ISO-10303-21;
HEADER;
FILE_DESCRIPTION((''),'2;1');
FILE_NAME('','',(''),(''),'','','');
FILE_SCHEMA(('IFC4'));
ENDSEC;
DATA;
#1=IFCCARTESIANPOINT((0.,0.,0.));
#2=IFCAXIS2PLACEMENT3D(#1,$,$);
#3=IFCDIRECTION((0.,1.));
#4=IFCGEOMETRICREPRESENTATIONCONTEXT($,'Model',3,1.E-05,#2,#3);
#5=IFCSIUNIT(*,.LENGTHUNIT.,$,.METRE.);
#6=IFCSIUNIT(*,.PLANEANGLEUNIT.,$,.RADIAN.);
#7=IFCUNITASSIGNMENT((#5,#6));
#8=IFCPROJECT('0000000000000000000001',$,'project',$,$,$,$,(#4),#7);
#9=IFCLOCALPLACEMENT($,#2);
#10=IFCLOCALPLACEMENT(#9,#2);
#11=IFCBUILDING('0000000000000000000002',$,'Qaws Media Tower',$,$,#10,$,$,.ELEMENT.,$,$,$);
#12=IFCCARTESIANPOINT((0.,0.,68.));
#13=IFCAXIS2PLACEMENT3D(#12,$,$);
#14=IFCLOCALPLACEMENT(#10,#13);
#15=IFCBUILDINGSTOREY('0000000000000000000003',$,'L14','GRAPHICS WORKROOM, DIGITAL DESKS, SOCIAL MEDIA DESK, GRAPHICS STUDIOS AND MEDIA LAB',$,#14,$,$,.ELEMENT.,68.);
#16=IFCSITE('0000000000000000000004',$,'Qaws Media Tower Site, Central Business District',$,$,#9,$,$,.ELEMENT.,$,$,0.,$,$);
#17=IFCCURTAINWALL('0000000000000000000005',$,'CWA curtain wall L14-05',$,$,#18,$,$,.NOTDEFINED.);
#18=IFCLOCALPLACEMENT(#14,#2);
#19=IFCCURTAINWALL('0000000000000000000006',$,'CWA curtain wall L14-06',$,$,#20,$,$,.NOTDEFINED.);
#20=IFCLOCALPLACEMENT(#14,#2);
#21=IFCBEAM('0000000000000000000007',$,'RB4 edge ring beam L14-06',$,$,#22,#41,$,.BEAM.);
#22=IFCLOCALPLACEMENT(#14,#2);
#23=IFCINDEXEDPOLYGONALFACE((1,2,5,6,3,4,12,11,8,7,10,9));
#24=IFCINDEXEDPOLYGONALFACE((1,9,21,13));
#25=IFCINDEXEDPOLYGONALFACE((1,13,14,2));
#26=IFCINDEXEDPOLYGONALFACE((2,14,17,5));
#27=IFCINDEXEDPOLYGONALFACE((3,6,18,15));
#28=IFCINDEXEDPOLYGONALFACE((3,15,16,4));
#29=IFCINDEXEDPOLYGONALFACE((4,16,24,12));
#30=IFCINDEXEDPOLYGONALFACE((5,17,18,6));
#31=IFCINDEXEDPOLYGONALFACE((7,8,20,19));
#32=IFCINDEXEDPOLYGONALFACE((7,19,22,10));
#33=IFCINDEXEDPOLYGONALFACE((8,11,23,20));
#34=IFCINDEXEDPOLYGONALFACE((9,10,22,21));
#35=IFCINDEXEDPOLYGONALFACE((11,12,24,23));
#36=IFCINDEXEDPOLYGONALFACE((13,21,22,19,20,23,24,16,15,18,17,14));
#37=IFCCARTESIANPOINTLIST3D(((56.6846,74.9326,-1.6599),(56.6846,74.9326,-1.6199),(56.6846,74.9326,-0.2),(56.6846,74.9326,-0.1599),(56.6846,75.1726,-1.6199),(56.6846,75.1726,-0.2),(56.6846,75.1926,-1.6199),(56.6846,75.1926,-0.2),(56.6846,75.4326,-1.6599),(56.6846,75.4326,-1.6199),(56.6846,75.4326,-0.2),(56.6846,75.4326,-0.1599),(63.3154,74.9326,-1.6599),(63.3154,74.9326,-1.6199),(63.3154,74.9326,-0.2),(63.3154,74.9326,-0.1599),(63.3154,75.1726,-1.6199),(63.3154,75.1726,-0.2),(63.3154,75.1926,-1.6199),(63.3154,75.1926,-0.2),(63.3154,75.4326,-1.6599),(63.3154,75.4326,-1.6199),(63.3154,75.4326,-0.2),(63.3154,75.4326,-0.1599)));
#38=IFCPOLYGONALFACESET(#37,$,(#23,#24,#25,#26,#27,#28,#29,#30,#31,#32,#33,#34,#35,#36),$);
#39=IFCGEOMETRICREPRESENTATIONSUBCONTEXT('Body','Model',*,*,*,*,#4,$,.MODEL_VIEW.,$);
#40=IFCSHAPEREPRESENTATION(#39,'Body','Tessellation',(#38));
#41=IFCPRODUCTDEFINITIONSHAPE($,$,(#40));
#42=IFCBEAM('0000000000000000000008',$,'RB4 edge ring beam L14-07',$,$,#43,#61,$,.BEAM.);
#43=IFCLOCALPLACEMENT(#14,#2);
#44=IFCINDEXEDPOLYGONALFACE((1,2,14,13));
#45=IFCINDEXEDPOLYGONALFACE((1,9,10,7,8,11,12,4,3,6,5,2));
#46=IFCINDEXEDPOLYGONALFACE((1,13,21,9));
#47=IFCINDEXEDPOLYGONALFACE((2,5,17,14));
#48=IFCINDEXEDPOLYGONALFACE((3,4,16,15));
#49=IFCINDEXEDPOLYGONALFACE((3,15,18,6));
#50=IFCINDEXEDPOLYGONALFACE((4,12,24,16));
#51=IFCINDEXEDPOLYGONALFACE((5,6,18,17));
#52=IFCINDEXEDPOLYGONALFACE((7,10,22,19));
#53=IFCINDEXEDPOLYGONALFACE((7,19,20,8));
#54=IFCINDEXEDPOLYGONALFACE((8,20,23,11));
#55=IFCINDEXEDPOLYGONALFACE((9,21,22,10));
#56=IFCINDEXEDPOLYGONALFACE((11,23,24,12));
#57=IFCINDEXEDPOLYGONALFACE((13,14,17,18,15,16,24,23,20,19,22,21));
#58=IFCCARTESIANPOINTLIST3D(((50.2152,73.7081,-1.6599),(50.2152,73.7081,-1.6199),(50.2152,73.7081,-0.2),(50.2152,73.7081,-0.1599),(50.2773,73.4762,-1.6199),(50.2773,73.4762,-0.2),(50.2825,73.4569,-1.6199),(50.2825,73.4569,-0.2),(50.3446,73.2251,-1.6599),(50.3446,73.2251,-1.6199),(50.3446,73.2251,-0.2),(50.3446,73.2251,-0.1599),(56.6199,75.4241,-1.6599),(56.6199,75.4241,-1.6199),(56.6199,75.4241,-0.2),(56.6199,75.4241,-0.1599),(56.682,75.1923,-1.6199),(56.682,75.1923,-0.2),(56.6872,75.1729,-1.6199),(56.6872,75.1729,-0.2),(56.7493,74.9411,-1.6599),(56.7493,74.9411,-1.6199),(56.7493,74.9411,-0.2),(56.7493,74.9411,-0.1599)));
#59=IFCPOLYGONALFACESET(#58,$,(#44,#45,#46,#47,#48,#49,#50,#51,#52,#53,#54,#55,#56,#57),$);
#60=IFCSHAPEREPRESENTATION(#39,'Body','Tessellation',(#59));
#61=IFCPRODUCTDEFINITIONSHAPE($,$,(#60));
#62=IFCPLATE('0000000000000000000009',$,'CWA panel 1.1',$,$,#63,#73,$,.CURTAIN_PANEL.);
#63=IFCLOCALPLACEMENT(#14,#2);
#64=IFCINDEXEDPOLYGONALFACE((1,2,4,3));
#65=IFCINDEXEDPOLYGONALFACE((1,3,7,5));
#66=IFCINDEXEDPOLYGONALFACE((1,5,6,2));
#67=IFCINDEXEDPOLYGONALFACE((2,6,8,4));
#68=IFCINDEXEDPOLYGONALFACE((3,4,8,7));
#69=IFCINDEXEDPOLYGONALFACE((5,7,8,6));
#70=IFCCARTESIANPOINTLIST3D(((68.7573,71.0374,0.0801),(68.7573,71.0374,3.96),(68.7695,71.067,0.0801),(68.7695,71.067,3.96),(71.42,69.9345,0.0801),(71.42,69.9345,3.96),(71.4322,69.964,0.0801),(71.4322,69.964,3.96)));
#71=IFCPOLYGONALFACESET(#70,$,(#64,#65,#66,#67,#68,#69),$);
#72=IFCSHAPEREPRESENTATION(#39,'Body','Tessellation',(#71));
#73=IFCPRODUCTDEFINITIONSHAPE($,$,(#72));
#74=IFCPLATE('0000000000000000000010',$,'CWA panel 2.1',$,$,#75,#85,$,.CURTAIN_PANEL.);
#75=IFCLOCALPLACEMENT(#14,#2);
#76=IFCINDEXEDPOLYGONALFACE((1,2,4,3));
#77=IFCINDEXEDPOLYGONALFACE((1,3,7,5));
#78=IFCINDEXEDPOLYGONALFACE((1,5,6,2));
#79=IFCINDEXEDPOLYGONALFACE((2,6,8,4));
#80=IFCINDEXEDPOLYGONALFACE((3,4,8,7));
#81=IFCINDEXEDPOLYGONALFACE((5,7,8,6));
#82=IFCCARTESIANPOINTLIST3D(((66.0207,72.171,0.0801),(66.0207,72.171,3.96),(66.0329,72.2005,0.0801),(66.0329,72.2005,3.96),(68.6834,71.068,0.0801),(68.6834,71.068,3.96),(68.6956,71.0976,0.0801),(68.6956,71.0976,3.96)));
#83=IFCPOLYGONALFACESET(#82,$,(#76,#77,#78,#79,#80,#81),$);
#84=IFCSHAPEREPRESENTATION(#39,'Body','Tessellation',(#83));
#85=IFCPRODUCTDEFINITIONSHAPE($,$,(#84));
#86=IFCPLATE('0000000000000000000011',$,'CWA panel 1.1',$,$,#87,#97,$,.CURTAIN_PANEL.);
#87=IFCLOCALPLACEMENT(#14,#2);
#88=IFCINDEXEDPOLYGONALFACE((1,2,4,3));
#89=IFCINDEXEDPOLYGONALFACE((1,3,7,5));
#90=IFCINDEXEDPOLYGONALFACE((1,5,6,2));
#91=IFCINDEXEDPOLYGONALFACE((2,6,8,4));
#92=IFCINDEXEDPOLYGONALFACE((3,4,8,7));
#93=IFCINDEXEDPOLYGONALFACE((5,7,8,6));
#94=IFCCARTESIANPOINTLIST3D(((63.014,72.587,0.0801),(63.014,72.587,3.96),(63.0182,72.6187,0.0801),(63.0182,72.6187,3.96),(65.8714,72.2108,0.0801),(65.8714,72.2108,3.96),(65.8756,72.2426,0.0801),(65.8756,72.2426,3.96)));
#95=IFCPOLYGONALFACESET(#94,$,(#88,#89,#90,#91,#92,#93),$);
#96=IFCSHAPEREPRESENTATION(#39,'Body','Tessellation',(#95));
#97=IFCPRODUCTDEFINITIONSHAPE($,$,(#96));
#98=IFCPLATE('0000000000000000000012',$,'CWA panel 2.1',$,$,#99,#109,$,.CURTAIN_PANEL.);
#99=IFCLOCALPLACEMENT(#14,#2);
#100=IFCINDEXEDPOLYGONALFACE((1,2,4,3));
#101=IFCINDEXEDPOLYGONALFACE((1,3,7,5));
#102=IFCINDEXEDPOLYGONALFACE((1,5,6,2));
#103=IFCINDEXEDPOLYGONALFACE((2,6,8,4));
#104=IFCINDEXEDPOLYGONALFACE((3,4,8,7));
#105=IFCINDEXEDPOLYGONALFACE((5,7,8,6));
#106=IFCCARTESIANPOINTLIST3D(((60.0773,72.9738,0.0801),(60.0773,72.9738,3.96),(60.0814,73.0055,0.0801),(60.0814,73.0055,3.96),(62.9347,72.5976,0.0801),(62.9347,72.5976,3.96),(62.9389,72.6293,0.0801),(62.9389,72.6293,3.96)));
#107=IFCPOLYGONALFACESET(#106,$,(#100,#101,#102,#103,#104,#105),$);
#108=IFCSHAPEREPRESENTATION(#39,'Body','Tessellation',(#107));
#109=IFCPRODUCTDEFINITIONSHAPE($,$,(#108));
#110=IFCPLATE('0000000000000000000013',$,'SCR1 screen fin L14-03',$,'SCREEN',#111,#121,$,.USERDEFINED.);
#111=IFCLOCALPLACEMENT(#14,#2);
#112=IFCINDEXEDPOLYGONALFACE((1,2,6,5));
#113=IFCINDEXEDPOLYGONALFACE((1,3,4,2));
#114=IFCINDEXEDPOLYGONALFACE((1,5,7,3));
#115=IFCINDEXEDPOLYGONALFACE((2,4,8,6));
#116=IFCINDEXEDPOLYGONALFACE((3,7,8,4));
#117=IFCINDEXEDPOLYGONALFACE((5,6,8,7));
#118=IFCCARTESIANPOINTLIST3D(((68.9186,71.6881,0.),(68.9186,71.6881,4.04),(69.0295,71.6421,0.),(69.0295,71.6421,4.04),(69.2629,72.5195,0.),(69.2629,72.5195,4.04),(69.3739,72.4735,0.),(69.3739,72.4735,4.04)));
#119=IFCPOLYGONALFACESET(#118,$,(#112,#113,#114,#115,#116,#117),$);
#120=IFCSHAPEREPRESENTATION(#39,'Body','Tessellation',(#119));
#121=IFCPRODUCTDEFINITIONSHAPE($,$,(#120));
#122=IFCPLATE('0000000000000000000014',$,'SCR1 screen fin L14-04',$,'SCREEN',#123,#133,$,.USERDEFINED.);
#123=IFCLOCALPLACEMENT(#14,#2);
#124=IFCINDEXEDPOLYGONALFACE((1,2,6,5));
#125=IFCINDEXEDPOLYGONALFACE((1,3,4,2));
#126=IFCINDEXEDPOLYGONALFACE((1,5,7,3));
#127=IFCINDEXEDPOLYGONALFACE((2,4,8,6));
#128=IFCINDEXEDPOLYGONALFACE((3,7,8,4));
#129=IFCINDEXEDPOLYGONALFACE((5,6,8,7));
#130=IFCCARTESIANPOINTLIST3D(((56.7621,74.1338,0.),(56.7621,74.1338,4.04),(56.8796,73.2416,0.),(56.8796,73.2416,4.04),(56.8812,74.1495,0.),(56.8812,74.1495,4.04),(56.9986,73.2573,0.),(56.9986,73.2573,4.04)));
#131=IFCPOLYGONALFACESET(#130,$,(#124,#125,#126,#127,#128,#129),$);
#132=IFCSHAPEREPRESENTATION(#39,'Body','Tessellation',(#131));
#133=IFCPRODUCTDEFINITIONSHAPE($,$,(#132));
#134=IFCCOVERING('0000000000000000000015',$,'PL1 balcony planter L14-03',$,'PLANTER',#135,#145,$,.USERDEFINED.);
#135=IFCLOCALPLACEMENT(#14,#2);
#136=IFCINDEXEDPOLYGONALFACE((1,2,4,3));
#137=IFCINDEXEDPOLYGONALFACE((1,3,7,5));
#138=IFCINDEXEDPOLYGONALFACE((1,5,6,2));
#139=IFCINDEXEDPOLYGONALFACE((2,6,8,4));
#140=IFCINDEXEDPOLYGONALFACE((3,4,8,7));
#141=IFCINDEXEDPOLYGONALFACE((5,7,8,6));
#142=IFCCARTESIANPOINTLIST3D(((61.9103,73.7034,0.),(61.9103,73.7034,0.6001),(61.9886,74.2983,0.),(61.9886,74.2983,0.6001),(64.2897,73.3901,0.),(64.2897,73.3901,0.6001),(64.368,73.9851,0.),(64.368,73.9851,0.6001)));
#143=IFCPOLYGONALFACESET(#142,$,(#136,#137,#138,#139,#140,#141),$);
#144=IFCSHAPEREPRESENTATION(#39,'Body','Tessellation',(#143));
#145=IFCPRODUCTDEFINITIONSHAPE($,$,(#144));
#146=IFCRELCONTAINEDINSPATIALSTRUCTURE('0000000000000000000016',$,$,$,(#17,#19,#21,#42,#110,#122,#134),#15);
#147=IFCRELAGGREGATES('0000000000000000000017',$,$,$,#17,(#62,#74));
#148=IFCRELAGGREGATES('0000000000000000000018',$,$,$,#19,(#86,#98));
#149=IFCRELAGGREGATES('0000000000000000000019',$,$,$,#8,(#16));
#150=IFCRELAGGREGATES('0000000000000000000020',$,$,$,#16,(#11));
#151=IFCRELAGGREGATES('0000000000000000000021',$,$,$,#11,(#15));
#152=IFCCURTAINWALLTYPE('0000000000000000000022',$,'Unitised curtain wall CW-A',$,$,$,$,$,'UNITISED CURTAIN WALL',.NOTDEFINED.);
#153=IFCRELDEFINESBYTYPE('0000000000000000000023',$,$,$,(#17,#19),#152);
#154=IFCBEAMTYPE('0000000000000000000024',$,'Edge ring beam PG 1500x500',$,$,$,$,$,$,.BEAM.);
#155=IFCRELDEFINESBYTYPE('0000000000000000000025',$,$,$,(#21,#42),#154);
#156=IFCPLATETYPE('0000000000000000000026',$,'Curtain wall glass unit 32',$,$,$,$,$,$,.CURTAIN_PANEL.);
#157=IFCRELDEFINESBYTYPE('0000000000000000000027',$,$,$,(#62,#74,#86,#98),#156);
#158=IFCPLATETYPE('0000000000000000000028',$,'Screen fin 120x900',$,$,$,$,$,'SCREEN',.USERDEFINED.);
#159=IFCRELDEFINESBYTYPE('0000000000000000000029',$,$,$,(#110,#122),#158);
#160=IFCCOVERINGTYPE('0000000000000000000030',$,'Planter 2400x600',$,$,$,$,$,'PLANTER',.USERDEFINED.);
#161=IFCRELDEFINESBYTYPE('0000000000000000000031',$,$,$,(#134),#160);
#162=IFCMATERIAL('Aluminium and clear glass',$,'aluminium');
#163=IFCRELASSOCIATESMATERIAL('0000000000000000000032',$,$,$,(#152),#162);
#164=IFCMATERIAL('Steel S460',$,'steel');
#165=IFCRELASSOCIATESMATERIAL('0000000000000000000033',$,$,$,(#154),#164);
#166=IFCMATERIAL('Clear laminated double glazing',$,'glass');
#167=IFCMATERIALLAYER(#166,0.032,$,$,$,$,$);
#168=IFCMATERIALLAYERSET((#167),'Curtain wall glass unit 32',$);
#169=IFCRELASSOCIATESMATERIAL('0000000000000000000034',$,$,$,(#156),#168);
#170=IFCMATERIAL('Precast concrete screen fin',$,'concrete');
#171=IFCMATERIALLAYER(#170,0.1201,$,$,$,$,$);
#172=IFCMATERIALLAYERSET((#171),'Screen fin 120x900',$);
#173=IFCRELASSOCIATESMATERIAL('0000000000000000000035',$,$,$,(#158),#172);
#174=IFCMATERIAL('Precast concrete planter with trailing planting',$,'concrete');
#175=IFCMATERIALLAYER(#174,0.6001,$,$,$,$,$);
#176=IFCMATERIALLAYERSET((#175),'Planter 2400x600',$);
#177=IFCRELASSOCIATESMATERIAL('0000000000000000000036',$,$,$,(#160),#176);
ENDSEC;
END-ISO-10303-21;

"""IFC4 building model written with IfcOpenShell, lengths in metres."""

from ifc_helpers import new_model, si_unit, direction, frame, origin, origin_2d, place, context, subcontext, project, spatial, rectangle, i_section, extrude, material, layer, layer_set, material_profile, profile_set, type_object, element, aggregate, save


model = new_model("IFC4")

# Units and contexts
model_context = context("Model", 3, precision=1e-05, world=origin(), true_north=direction((0.0, 1.0)))
body_context = subcontext(model_context, "Body", "Model", "MODEL_VIEW")
ifc_project = project(units=[si_unit("LENGTHUNIT", "METRE"), si_unit("PLANEANGLEUNIT", "RADIAN")], contexts=[model_context])

# Site, building, storey
site_placement = place(None, origin())
site = spatial("IfcSite", under=ifc_project, at=site_placement, Name="Qaws Media Tower Site, Central Business District", CompositionType="ELEMENT", RefElevation=0.0)
building_placement = place(site_placement, origin())
building = spatial("IfcBuilding", under=site, at=building_placement, Name="Qaws Media Tower", CompositionType="ELEMENT")
storey_placement = place(building_placement, frame((0.0, 0.0, 68.0)))
storey = spatial("IfcBuildingStorey", under=building, at=storey_placement, Name="L14", Description="GRAPHICS WORKROOM, DIGITAL DESKS, SOCIAL MEDIA DESK, GRAPHICS STUDIOS AND MEDIA LAB", CompositionType="ELEMENT", Elevation=68.0)

# Curtain walls
ifc_material_1 = material(Name="Aluminium and clear glass", Category="aluminium")
curtain_wall_type = type_object("IfcCurtainWallType", Name="Unitised curtain wall CW-A", ElementType="UNITISED CURTAIN WALL", PredefinedType="NOTDEFINED", material=ifc_material_1)
curtain_wall_1_placement = place(storey_placement, origin())
curtain_wall_1 = element("IfcCurtainWall", 1, at=curtain_wall_1_placement, inside=storey, type_object=curtain_wall_type, Name="CWA curtain wall L14-05", PredefinedType="NOTDEFINED")
curtain_wall_2_placement = place(storey_placement, origin())
curtain_wall_2 = element("IfcCurtainWall", 2, at=curtain_wall_2_placement, inside=storey, type_object=curtain_wall_type, Name="CWA curtain wall L14-06", PredefinedType="NOTDEFINED")

# Beams
ifc_material_2 = material(Name="Steel S460", Category="steel")
ifc_material_profile_1 = material_profile(ifc_material_2, i_section(OverallWidth=0.5, OverallDepth=1.5, WebThickness=0.02, FlangeThickness=0.04, at=origin_2d()), Name="PG 1500x500")
ifc_profile_set_1 = profile_set([ifc_material_profile_1], Name="Steel S460")
beam_type = type_object("IfcBeamType", Name="Edge ring beam PG 1500x500", PredefinedType="BEAM", material=ifc_profile_set_1)
beam_1_placement = place(storey_placement, frame((63.3154, 75.1826, -0.9099), z_axis=(-1.0, 0.0, 0.0), x_axis=(0.0, -1.0, 0.0)))
element("IfcBeam", 3, at=beam_1_placement, inside=storey, type_object=beam_type, Name="RB4 edge ring beam L14-06", PredefinedType="BEAM", context=body_context, shape_type="SweptSolid", body=[
    extrude(i_section(OverallWidth=0.5, OverallDepth=1.5, WebThickness=0.02, FlangeThickness=0.04, at=origin_2d()), origin(), (0.0, 0.0, 1.0), 6.6309),
])
beam_2_placement = place(storey_placement, frame((56.6846, 75.1826, -0.9099), z_axis=(-0.965929, -0.258806, 0.0), x_axis=(0.258806, -0.965929, 0.0)))
element("IfcBeam", 4, at=beam_2_placement, inside=storey, type_object=beam_type, Name="RB4 edge ring beam L14-07", PredefinedType="BEAM", context=body_context, shape_type="SweptSolid", body=[
    extrude(i_section(OverallWidth=0.5, OverallDepth=1.5, WebThickness=0.02, FlangeThickness=0.04, at=origin_2d()), origin(), (0.0, 0.0, 1.0), 6.6306),
])

# Plates
ifc_material_3 = material(Name="Clear laminated double glazing", Category="glass")
ifc_layer_1 = layer(ifc_material_3, 0.032)
ifc_layer_set_1 = layer_set([ifc_layer_1], Name="Curtain wall glass unit 32")
plate_type_1 = type_object("IfcPlateType", Name="Curtain wall glass unit 32", PredefinedType="CURTAIN_PANEL", material=ifc_layer_set_1)
plate_1_placement = place(storey_placement, frame((70.0947, 70.5007, 0.0801), z_axis=(0.0, 0.0, 1.0), x_axis=(-0.92388, 0.382683, 0.0)))
plate_1 = element("IfcPlate", 5, at=plate_1_placement, type_object=plate_type_1, Name="CWA panel 1.1", PredefinedType="CURTAIN_PANEL", context=body_context, shape_type="SweptSolid", body=[
    extrude(rectangle(XDim=2.8821, YDim=0.032, at=origin_2d()), origin(), (0.0, 0.0, 1.0), 3.8799),
])
plate_2_placement = place(storey_placement, frame((67.3582, 71.6343, 0.0801), z_axis=(0.0, 0.0, 1.0), x_axis=(-0.92388, 0.382683, 0.0)))
plate_2 = element("IfcPlate", 6, at=plate_2_placement, type_object=plate_type_1, Name="CWA panel 2.1", PredefinedType="CURTAIN_PANEL", context=body_context, shape_type="SweptSolid", body=[
    extrude(rectangle(XDim=2.8821, YDim=0.032, at=origin_2d()), origin(), (0.0, 0.0, 1.0), 3.8799),
])
aggregate(curtain_wall_1, [plate_1, plate_2])
plate_3_placement = place(storey_placement, frame((64.4448, 72.4148, 0.0801), z_axis=(0.0, 0.0, 1.0), x_axis=(-0.991445, 0.130526, 0.0)))
plate_3 = element("IfcPlate", 7, at=plate_3_placement, type_object=plate_type_1, Name="CWA panel 1.1", PredefinedType="CURTAIN_PANEL", context=body_context, shape_type="SweptSolid", body=[
    extrude(rectangle(XDim=2.8821, YDim=0.032, at=origin_2d()), origin(), (0.0, 0.0, 1.0), 3.8799),
])
plate_4_placement = place(storey_placement, frame((61.5081, 72.8015, 0.0801), z_axis=(0.0, 0.0, 1.0), x_axis=(-0.991445, 0.130526, 0.0)))
plate_4 = element("IfcPlate", 8, at=plate_4_placement, type_object=plate_type_1, Name="CWA panel 2.1", PredefinedType="CURTAIN_PANEL", context=body_context, shape_type="SweptSolid", body=[
    extrude(rectangle(XDim=2.8821, YDim=0.032, at=origin_2d()), origin(), (0.0, 0.0, 1.0), 3.8799),
])
aggregate(curtain_wall_2, [plate_3, plate_4])

# Plates
ifc_material_4 = material(Name="Precast concrete screen fin", Category="concrete")
ifc_layer_2 = layer(ifc_material_4, 0.1201)
ifc_layer_set_2 = layer_set([ifc_layer_2], Name="Screen fin 120x900")
plate_type_2 = type_object("IfcPlateType", Name="Screen fin 120x900", ElementType="SCREEN", PredefinedType="USERDEFINED", material=ifc_layer_set_2)
for number, where, z_axis, x_axis, name in (
    (9, (69.1462, 72.0808, 0.0), (0.0, 0.0, 1.0), (0.382683, 0.92388, 0.0), "SCR1 screen fin L14-03"),
    (10, (56.8804, 73.6956, 0.0), (0.0, 0.0, 1.0), (-0.130526, 0.991445, 0.0), "SCR1 screen fin L14-04"),
):
    element("IfcPlate", number, at=place(storey_placement, frame(where, z_axis=z_axis, x_axis=x_axis)), inside=storey, type_object=plate_type_2, Name=name, ObjectType="SCREEN", PredefinedType="USERDEFINED", context=body_context, shape_type="SweptSolid", body=[
        extrude(rectangle(XDim=0.8999, YDim=0.1201, at=origin_2d()), origin(), (0.0, 0.0, 1.0), 4.04),
    ])

# Covering
ifc_material_5 = material(Name="Precast concrete planter with trailing planting", Category="concrete")
ifc_layer_3 = layer(ifc_material_5, 0.6001)
ifc_layer_set_3 = layer_set([ifc_layer_3], Name="Planter 2400x600")
covering_type = type_object("IfcCoveringType", Name="Planter 2400x600", ElementType="PLANTER", PredefinedType="USERDEFINED", material=ifc_layer_set_3)
covering_placement = place(storey_placement, frame((63.1392, 73.8442, 0.0), z_axis=(0.0, 0.0, 1.0), x_axis=(-0.991445, 0.130526, 0.0)))
element("IfcCovering", 11, at=covering_placement, inside=storey, type_object=covering_type, Name="PL1 balcony planter L14-03", ObjectType="PLANTER", PredefinedType="USERDEFINED", context=body_context, shape_type="SweptSolid", body=[
    extrude(rectangle(XDim=2.3999, YDim=0.6001, at=origin_2d()), origin(), (0.0, 0.0, 1.0), 0.6001),
])

save(model, "model.ifc")
